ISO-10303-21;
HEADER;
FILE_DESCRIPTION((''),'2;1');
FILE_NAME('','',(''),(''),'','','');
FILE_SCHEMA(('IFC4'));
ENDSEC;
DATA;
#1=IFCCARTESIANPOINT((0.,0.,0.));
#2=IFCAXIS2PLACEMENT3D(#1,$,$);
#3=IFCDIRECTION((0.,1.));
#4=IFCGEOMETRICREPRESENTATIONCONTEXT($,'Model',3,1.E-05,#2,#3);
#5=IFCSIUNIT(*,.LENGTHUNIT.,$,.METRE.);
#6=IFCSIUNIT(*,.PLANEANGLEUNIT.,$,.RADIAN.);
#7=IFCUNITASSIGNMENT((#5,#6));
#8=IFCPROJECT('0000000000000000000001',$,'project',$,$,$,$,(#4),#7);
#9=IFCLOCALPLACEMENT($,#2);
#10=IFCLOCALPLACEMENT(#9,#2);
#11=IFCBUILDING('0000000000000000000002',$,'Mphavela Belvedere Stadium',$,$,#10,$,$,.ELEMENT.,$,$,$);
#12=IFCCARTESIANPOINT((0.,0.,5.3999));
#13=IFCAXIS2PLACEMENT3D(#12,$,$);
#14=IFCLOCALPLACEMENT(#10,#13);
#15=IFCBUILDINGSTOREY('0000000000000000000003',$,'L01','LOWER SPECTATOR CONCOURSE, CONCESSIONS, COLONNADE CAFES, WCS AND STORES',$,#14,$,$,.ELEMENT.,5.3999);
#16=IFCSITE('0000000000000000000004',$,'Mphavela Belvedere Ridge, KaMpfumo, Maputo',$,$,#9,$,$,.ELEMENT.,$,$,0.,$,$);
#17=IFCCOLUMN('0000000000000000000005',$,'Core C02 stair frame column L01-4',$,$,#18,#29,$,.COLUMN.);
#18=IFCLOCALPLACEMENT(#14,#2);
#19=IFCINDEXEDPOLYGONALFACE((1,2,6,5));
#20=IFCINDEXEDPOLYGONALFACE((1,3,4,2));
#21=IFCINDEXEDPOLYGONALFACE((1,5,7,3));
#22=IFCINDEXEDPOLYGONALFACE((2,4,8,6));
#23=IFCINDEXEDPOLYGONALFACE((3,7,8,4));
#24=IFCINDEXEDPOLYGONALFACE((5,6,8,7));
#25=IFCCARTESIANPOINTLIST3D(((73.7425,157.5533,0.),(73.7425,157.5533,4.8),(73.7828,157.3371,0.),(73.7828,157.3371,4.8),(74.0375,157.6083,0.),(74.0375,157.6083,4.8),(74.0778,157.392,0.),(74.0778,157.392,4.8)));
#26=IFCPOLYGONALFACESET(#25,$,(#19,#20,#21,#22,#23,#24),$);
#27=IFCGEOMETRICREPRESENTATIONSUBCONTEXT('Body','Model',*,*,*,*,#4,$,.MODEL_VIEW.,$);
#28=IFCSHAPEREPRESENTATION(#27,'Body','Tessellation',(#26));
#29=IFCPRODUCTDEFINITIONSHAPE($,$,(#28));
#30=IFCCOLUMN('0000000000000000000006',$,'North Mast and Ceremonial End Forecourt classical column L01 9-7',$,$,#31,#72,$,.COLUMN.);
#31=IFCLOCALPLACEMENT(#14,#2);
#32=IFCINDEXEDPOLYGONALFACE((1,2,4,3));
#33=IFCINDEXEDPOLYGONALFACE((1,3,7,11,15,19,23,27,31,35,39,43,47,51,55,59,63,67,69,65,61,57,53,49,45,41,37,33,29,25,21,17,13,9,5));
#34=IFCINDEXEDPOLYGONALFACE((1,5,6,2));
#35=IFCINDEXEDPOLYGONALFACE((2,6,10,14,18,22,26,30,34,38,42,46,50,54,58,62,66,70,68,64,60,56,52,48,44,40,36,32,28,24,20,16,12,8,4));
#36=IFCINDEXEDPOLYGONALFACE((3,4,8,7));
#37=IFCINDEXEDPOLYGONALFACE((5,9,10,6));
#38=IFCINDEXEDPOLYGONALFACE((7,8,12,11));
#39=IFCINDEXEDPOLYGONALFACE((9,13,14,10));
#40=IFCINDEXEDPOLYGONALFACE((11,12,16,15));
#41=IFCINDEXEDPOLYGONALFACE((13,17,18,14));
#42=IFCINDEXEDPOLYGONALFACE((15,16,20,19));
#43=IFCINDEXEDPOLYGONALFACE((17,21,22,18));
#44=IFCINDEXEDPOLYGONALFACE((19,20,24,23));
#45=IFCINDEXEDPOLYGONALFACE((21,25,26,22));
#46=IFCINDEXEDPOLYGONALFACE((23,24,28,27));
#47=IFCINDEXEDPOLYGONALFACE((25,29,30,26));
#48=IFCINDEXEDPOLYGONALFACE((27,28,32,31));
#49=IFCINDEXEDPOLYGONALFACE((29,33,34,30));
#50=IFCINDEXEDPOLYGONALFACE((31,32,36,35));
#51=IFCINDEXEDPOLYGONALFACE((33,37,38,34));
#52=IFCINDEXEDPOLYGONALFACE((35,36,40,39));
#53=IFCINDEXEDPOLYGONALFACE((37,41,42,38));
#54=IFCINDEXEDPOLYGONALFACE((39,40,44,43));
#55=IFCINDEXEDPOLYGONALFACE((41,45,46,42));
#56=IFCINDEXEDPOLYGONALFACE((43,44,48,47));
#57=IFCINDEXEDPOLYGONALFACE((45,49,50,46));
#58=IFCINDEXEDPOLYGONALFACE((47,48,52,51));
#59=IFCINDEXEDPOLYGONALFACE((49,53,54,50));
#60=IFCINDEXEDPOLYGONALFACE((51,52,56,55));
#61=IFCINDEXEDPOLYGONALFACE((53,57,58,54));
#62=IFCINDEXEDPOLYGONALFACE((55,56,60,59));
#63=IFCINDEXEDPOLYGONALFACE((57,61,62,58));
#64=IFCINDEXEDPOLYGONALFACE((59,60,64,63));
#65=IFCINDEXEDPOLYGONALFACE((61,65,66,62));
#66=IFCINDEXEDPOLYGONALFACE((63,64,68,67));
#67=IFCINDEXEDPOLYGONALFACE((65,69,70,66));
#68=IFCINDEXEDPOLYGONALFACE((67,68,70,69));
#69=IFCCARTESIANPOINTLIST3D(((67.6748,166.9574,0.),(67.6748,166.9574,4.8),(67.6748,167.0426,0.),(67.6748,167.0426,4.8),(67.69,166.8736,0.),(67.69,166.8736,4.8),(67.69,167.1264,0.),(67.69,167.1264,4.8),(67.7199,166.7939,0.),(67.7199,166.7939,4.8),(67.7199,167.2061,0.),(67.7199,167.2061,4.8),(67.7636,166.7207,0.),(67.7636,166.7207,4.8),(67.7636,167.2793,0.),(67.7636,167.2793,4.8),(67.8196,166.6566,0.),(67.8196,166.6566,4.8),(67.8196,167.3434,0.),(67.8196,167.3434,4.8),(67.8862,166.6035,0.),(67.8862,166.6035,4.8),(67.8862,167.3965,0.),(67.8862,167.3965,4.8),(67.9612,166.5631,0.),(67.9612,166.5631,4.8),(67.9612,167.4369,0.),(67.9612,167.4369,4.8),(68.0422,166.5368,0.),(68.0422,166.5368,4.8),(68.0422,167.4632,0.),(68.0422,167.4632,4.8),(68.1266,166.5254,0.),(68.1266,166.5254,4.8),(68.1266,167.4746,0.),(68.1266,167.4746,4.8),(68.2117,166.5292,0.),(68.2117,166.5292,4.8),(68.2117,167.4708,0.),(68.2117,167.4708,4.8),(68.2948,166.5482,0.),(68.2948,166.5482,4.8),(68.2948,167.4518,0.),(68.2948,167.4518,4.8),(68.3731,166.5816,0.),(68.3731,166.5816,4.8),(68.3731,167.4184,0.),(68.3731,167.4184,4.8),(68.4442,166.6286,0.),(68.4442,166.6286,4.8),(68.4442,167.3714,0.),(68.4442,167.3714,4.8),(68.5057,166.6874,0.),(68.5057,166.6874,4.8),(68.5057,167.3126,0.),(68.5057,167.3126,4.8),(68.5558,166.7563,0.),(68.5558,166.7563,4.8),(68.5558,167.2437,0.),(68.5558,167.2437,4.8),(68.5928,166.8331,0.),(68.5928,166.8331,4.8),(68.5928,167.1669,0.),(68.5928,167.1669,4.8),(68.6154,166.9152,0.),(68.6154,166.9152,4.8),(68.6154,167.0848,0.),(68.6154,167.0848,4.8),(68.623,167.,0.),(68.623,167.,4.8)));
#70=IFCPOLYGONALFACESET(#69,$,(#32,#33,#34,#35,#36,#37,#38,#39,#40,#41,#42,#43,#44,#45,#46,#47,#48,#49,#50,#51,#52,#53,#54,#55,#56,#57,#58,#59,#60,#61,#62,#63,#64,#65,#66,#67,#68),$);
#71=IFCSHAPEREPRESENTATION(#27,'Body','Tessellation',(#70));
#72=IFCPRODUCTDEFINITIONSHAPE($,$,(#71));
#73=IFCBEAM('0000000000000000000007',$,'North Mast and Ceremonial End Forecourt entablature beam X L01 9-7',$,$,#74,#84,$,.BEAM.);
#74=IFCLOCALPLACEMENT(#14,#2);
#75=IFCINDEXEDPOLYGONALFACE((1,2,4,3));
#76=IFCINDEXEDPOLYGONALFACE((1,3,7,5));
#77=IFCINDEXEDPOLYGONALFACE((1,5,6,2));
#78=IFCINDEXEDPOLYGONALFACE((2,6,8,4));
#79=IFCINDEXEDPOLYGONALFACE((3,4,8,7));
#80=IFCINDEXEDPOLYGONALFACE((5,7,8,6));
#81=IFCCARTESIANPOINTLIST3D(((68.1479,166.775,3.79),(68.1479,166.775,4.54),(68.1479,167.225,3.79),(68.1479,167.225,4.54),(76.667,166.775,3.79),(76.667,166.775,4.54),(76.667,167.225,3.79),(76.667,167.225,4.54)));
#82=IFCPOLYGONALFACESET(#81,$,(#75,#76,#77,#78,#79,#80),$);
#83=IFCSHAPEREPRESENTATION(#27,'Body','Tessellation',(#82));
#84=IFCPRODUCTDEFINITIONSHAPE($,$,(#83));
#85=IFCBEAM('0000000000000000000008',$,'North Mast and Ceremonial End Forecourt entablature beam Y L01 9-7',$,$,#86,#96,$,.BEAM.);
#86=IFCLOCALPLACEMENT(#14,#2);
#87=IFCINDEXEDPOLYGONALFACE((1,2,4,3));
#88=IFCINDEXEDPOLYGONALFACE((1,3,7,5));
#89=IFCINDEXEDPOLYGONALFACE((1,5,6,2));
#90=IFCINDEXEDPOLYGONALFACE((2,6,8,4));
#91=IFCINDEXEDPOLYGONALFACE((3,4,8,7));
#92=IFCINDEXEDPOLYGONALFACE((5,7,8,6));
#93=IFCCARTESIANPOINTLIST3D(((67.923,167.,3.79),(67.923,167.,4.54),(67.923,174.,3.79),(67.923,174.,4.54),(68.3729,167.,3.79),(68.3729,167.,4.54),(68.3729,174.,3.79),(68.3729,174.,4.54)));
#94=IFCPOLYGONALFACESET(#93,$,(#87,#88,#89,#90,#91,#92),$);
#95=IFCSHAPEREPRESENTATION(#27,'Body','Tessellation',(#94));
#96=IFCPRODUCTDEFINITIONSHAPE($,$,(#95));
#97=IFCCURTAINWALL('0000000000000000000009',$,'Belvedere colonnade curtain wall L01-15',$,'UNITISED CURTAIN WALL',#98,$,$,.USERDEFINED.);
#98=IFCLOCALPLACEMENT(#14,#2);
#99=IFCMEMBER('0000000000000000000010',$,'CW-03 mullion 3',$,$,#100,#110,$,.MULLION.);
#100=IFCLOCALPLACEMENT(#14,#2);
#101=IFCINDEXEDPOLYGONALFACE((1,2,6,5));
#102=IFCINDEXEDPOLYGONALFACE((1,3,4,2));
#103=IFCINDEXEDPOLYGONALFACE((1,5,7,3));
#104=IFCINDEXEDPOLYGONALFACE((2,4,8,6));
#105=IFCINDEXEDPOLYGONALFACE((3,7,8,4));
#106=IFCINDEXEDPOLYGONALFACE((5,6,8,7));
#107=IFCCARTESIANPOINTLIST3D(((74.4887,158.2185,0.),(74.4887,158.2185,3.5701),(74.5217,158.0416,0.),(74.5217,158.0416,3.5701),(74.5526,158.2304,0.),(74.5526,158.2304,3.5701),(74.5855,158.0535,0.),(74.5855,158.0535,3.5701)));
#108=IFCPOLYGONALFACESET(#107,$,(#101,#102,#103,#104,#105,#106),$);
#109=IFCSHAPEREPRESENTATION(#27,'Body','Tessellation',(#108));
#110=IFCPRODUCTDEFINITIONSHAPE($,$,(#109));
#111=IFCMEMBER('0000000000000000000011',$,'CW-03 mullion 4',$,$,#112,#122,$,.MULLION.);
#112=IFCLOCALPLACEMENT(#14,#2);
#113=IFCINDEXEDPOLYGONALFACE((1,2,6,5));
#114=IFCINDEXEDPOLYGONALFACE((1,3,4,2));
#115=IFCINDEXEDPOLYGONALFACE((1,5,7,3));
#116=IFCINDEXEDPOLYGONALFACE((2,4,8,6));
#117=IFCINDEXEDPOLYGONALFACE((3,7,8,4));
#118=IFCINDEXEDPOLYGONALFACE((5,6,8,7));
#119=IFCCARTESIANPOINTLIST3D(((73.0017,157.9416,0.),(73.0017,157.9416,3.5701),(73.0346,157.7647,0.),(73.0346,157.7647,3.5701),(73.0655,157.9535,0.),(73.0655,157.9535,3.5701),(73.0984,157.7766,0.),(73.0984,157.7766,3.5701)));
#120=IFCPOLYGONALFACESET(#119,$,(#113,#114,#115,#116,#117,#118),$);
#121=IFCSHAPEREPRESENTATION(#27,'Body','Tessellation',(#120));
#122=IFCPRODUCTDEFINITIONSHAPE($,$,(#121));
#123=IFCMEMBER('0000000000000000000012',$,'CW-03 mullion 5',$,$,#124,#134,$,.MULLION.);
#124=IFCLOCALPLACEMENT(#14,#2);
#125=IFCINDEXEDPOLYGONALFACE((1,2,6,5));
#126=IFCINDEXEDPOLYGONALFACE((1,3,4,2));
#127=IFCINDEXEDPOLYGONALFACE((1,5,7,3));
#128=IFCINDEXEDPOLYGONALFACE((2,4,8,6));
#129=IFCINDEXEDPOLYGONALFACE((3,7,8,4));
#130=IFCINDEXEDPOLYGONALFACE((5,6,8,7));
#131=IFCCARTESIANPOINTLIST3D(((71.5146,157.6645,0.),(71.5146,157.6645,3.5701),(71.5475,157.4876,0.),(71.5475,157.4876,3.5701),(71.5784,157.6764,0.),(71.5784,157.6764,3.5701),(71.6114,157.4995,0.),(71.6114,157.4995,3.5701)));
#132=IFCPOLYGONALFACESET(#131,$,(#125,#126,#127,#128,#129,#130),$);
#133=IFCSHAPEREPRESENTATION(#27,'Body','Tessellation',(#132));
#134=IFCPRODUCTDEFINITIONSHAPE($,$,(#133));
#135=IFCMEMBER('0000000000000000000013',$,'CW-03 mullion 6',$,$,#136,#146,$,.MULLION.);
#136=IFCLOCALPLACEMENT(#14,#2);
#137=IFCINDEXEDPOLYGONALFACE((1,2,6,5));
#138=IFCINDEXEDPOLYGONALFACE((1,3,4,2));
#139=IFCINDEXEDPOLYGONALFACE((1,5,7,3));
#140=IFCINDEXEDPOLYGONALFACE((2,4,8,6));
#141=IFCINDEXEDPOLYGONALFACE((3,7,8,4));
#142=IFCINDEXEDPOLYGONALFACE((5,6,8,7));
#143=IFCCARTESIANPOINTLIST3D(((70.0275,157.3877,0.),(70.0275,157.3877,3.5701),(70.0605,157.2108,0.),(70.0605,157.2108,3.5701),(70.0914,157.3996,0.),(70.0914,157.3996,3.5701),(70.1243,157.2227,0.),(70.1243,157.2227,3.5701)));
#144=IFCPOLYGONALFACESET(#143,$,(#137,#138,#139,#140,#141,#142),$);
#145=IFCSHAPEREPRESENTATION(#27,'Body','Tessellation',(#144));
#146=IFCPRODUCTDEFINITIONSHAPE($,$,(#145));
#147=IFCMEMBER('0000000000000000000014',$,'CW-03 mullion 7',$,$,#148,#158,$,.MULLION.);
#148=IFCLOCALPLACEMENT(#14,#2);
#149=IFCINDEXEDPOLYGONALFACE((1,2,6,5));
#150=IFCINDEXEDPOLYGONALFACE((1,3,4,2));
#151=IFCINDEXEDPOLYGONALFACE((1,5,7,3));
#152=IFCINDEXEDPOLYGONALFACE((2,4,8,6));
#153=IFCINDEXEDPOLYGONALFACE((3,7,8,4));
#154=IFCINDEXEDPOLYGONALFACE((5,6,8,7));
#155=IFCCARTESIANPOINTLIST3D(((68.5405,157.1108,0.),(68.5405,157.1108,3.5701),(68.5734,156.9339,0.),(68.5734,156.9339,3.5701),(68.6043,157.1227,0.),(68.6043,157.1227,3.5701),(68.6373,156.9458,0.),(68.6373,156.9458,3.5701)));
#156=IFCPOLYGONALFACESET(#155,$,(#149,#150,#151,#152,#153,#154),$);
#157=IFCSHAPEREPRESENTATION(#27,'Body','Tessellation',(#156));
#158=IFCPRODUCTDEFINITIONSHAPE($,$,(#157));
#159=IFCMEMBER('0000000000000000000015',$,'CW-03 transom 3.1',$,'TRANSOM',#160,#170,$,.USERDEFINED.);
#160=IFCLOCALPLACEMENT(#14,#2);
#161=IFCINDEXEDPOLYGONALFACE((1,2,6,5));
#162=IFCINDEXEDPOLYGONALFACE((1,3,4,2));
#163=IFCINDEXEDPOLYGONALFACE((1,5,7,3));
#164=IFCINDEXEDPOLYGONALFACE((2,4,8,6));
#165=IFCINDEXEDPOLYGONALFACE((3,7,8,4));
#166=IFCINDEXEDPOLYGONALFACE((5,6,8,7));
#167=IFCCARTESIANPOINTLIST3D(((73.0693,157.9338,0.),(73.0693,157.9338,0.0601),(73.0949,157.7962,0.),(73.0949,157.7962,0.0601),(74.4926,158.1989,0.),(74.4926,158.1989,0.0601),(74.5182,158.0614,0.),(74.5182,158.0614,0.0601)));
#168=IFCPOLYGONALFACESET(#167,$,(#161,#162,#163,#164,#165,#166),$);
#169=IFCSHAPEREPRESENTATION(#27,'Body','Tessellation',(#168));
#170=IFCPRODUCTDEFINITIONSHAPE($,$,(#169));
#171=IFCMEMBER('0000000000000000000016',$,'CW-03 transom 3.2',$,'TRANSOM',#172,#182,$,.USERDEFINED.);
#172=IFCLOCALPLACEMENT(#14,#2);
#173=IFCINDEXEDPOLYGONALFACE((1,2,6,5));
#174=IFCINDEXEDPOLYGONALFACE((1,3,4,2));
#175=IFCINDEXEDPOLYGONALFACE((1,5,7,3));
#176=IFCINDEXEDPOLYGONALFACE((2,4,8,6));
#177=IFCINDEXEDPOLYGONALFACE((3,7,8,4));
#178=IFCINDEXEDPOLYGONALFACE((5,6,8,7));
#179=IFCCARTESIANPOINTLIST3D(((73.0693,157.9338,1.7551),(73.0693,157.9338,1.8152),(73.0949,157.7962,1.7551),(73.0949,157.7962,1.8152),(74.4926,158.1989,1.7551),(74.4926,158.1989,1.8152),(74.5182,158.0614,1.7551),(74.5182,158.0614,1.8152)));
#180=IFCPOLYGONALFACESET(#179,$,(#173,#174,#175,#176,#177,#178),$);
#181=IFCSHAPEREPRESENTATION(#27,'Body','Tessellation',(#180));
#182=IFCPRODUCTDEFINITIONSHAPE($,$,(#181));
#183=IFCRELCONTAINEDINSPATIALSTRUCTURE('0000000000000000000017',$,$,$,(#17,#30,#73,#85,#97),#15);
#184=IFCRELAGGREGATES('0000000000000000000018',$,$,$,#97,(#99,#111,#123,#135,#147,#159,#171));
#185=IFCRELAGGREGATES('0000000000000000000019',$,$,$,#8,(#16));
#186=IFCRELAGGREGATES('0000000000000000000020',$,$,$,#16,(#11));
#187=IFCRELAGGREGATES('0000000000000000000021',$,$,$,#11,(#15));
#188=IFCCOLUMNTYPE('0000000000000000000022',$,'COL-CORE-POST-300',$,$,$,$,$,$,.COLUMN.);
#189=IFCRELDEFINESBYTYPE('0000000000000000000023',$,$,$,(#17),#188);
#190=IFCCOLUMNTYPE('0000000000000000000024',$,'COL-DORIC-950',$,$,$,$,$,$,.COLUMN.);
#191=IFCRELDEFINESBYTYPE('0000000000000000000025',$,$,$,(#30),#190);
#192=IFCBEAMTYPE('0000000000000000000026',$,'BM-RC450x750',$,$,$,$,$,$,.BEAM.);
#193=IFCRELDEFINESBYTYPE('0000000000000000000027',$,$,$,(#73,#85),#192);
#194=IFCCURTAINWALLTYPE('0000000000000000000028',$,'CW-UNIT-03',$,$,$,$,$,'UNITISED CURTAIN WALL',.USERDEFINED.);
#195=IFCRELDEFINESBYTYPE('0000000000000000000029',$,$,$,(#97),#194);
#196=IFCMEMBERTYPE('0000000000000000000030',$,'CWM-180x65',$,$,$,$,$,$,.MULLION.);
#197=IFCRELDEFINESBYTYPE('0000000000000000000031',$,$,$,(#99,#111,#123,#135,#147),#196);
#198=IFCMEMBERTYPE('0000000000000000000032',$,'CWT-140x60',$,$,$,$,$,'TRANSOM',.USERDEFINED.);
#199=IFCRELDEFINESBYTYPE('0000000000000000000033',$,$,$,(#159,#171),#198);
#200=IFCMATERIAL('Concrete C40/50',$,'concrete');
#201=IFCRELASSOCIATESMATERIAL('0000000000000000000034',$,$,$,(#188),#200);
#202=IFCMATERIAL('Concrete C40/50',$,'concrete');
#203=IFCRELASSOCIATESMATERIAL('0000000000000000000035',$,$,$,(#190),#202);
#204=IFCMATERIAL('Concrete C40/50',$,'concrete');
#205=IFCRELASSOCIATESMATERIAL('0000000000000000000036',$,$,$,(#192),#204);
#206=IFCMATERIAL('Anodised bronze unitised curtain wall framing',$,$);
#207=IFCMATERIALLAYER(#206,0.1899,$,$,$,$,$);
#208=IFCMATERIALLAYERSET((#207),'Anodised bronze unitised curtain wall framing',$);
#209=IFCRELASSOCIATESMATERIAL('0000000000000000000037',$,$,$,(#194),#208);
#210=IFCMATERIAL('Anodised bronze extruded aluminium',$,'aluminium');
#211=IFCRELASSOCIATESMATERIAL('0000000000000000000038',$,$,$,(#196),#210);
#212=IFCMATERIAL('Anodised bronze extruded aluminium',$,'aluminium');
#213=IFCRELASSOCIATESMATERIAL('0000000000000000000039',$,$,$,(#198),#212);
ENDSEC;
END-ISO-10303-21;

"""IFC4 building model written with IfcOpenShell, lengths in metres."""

from ifc_helpers import new_model, si_unit, direction, frame, origin, origin_2d, place, context, subcontext, project, spatial, rectangle, circle, extrude, material, layer, layer_set, material_profile, profile_set, type_object, element, aggregate, save


model = new_model("IFC4")

# Units and contexts
model_context = context("Model", 3, precision=1e-05, world=origin(), true_north=direction((0.0, 1.0)))
body_context = subcontext(model_context, "Body", "Model", "MODEL_VIEW")
ifc_project = project(units=[si_unit("LENGTHUNIT", "METRE"), si_unit("PLANEANGLEUNIT", "RADIAN")], contexts=[model_context])

# Site, building, storey
site_placement = place(None, origin())
site = spatial("IfcSite", under=ifc_project, at=site_placement, Name="Mphavela Belvedere Ridge, KaMpfumo, Maputo", CompositionType="ELEMENT", RefElevation=0.0)
building_placement = place(site_placement, origin())
building = spatial("IfcBuilding", under=site, at=building_placement, Name="Mphavela Belvedere Stadium", CompositionType="ELEMENT")
storey_placement = place(building_placement, frame((0.0, 0.0, 5.3999)))
storey = spatial("IfcBuildingStorey", under=building, at=storey_placement, Name="L01", Description="LOWER SPECTATOR CONCOURSE, CONCESSIONS, COLONNADE CAFES, WCS AND STORES", CompositionType="ELEMENT", Elevation=5.3999)

# Columns
ifc_material_1 = material(Name="Concrete C40/50", Category="concrete")
ifc_material_profile_1 = material_profile(ifc_material_1, rectangle(XDim=0.3, YDim=0.22, at=origin_2d()), Name="RC 300x220")
ifc_profile_set_1 = profile_set([ifc_material_profile_1], Name="Concrete C40/50")
column_type_1 = type_object("IfcColumnType", Name="COL-CORE-POST-300", PredefinedType="COLUMN", material=ifc_profile_set_1)
column_1_placement = place(storey_placement, frame((73.9102, 157.4727, 0.0), z_axis=(0.0, 0.0, 1.0), x_axis=(0.983096, 0.183094, 0.0)))
element("IfcColumn", 1, at=column_1_placement, inside=storey, type_object=column_type_1, Name="Core C02 stair frame column L01-4", PredefinedType="COLUMN", context=body_context, shape_type="SweptSolid", body=[
    extrude(rectangle(XDim=0.3, YDim=0.22, at=origin_2d()), origin(), (0.0, 0.0, 1.0), 4.8),
])
ifc_material_2 = material(Name="Concrete C40/50", Category="concrete")
ifc_material_profile_2 = material_profile(ifc_material_2, circle(Radius=0.4751, at=origin_2d()), Name="COL D950")
ifc_profile_set_2 = profile_set([ifc_material_profile_2], Name="Concrete C40/50")
column_type_2 = type_object("IfcColumnType", Name="COL-DORIC-950", PredefinedType="COLUMN", material=ifc_profile_set_2)
column_2_placement = place(storey_placement, frame((68.1479, 167.0, 0.0), z_axis=(0.0, 0.0, 1.0), x_axis=(1.0, 0.0, 0.0)))
element("IfcColumn", 2, at=column_2_placement, inside=storey, type_object=column_type_2, Name="North Mast and Ceremonial End Forecourt classical column L01 9-7", PredefinedType="COLUMN", context=body_context, shape_type="SweptSolid", body=[
    extrude(circle(Radius=0.4751, at=origin_2d()), origin(), (0.0, 0.0, 1.0), 4.8),
])

# Beams
ifc_material_3 = material(Name="Concrete C40/50", Category="concrete")
ifc_material_profile_3 = material_profile(ifc_material_3, rectangle(XDim=0.45, YDim=0.75, at=origin_2d()), Name="RC 450x750")
ifc_profile_set_3 = profile_set([ifc_material_profile_3], Name="Concrete C40/50")
beam_type = type_object("IfcBeamType", Name="BM-RC450x750", PredefinedType="BEAM", material=ifc_profile_set_3)
beam_1_placement = place(storey_placement, frame((68.1479, 167.0, 4.165), z_axis=(1.0, 0.0, 0.0), x_axis=(0.0, 1.0, 0.0)))
element("IfcBeam", 3, at=beam_1_placement, inside=storey, type_object=beam_type, Name="North Mast and Ceremonial End Forecourt entablature beam X L01 9-7", PredefinedType="BEAM", context=body_context, shape_type="SweptSolid", body=[
    extrude(rectangle(XDim=0.45, YDim=0.75, at=origin_2d()), origin(), (0.0, 0.0, 1.0), 8.519),
])
beam_2_placement = place(storey_placement, frame((68.1479, 167.0, 4.165), z_axis=(0.0, 1.0, 0.0), x_axis=(-1.0, 0.0, 0.0)))
element("IfcBeam", 4, at=beam_2_placement, inside=storey, type_object=beam_type, Name="North Mast and Ceremonial End Forecourt entablature beam Y L01 9-7", PredefinedType="BEAM", context=body_context, shape_type="SweptSolid", body=[
    extrude(rectangle(XDim=0.45, YDim=0.75, at=origin_2d()), origin(), (0.0, 0.0, 1.0), 7.0),
])

# Curtain wall, members
ifc_material_4 = material(Name="Anodised bronze unitised curtain wall framing")
ifc_layer_1 = layer(ifc_material_4, 0.1899)
ifc_layer_set_1 = layer_set([ifc_layer_1], Name="Anodised bronze unitised curtain wall framing")
curtain_wall_type = type_object("IfcCurtainWallType", Name="CW-UNIT-03", ElementType="UNITISED CURTAIN WALL", PredefinedType="USERDEFINED", material=ifc_layer_set_1)
curtain_wall_placement = place(storey_placement, origin())
curtain_wall = element("IfcCurtainWall", 5, at=curtain_wall_placement, inside=storey, type_object=curtain_wall_type, Name="Belvedere colonnade curtain wall L01-15", ObjectType="UNITISED CURTAIN WALL", PredefinedType="USERDEFINED")
ifc_material_5 = material(Name="Anodised bronze extruded aluminium", Category="aluminium")
ifc_material_profile_4 = material_profile(ifc_material_5, rectangle(XDim=0.1799, YDim=0.0649, at=origin_2d()), Name="CW-MUL 180x65")
ifc_profile_set_4 = profile_set([ifc_material_profile_4], Name="Anodised bronze extruded aluminium")
member_type_1 = type_object("IfcMemberType", Name="CWM-180x65", PredefinedType="MULLION", material=ifc_profile_set_4)
member_1_placement = place(storey_placement, frame((74.5371, 158.136, 0.0), z_axis=(0.0, 0.0, 1.0), x_axis=(0.183095, -0.983095, 0.0)))
member_1 = element("IfcMember", 6, at=member_1_placement, type_object=member_type_1, Name="CW-03 mullion 3", PredefinedType="MULLION", context=body_context, shape_type="SweptSolid", body=[
    extrude(rectangle(XDim=0.1799, YDim=0.0649, at=origin_2d()), origin(), (0.0, 0.0, 1.0), 3.5701),
])
member_2_placement = place(storey_placement, frame((73.05, 157.8591, 0.0), z_axis=(0.0, 0.0, 1.0), x_axis=(0.183095, -0.983095, 0.0)))
member_2 = element("IfcMember", 7, at=member_2_placement, type_object=member_type_1, Name="CW-03 mullion 4", PredefinedType="MULLION", context=body_context, shape_type="SweptSolid", body=[
    extrude(rectangle(XDim=0.1799, YDim=0.0649, at=origin_2d()), origin(), (0.0, 0.0, 1.0), 3.5701),
])
member_3_placement = place(storey_placement, frame((71.563, 157.582, 0.0), z_axis=(0.0, 0.0, 1.0), x_axis=(0.183095, -0.983095, 0.0)))
member_3 = element("IfcMember", 8, at=member_3_placement, type_object=member_type_1, Name="CW-03 mullion 5", PredefinedType="MULLION", context=body_context, shape_type="SweptSolid", body=[
    extrude(rectangle(XDim=0.1799, YDim=0.0649, at=origin_2d()), origin(), (0.0, 0.0, 1.0), 3.5701),
])
member_4_placement = place(storey_placement, frame((70.0759, 157.3052, 0.0), z_axis=(0.0, 0.0, 1.0), x_axis=(0.183095, -0.983095, 0.0)))
member_4 = element("IfcMember", 9, at=member_4_placement, type_object=member_type_1, Name="CW-03 mullion 6", PredefinedType="MULLION", context=body_context, shape_type="SweptSolid", body=[
    extrude(rectangle(XDim=0.1799, YDim=0.0649, at=origin_2d()), origin(), (0.0, 0.0, 1.0), 3.5701),
])
member_5_placement = place(storey_placement, frame((68.5889, 157.0283, 0.0), z_axis=(0.0, 0.0, 1.0), x_axis=(0.183095, -0.983095, 0.0)))
member_5 = element("IfcMember", 10, at=member_5_placement, type_object=member_type_1, Name="CW-03 mullion 7", PredefinedType="MULLION", context=body_context, shape_type="SweptSolid", body=[
    extrude(rectangle(XDim=0.1799, YDim=0.0649, at=origin_2d()), origin(), (0.0, 0.0, 1.0), 3.5701),
])
ifc_material_6 = material(Name="Anodised bronze extruded aluminium", Category="aluminium")
ifc_material_profile_5 = material_profile(ifc_material_6, rectangle(XDim=0.1399, YDim=0.0601, at=origin_2d()), Name="CW-TRN 140x60")
ifc_profile_set_5 = profile_set([ifc_material_profile_5], Name="Anodised bronze extruded aluminium")
member_type_2 = type_object("IfcMemberType", Name="CWT-140x60", ElementType="TRANSOM", PredefinedType="USERDEFINED", material=ifc_profile_set_5)
member_6_placement = place(storey_placement, frame((74.5054, 158.1301, 0.03), z_axis=(-0.983089, -0.183128, 0.0), x_axis=(0.183128, -0.983089, 0.0)))
member_6 = element("IfcMember", 11, at=member_6_placement, type_object=member_type_2, Name="CW-03 transom 3.1", ObjectType="TRANSOM", PredefinedType="USERDEFINED", context=body_context, shape_type="SweptSolid", body=[
    extrude(rectangle(XDim=0.1399, YDim=0.0601, at=origin_2d()), origin(), (0.0, 0.0, 1.0), 1.4478),
])
member_7_placement = place(storey_placement, frame((74.5054, 158.1301, 1.7852), z_axis=(-0.983089, -0.183128, 0.0), x_axis=(0.183128, -0.983089, 0.0)))
member_7 = element("IfcMember", 12, at=member_7_placement, type_object=member_type_2, Name="CW-03 transom 3.2", ObjectType="TRANSOM", PredefinedType="USERDEFINED", context=body_context, shape_type="SweptSolid", body=[
    extrude(rectangle(XDim=0.1399, YDim=0.0601, at=origin_2d()), origin(), (0.0, 0.0, 1.0), 1.4478),
])
aggregate(curtain_wall, [member_1, member_2, member_3, member_4, member_5, member_6, member_7])

save(model, "model.ifc")
